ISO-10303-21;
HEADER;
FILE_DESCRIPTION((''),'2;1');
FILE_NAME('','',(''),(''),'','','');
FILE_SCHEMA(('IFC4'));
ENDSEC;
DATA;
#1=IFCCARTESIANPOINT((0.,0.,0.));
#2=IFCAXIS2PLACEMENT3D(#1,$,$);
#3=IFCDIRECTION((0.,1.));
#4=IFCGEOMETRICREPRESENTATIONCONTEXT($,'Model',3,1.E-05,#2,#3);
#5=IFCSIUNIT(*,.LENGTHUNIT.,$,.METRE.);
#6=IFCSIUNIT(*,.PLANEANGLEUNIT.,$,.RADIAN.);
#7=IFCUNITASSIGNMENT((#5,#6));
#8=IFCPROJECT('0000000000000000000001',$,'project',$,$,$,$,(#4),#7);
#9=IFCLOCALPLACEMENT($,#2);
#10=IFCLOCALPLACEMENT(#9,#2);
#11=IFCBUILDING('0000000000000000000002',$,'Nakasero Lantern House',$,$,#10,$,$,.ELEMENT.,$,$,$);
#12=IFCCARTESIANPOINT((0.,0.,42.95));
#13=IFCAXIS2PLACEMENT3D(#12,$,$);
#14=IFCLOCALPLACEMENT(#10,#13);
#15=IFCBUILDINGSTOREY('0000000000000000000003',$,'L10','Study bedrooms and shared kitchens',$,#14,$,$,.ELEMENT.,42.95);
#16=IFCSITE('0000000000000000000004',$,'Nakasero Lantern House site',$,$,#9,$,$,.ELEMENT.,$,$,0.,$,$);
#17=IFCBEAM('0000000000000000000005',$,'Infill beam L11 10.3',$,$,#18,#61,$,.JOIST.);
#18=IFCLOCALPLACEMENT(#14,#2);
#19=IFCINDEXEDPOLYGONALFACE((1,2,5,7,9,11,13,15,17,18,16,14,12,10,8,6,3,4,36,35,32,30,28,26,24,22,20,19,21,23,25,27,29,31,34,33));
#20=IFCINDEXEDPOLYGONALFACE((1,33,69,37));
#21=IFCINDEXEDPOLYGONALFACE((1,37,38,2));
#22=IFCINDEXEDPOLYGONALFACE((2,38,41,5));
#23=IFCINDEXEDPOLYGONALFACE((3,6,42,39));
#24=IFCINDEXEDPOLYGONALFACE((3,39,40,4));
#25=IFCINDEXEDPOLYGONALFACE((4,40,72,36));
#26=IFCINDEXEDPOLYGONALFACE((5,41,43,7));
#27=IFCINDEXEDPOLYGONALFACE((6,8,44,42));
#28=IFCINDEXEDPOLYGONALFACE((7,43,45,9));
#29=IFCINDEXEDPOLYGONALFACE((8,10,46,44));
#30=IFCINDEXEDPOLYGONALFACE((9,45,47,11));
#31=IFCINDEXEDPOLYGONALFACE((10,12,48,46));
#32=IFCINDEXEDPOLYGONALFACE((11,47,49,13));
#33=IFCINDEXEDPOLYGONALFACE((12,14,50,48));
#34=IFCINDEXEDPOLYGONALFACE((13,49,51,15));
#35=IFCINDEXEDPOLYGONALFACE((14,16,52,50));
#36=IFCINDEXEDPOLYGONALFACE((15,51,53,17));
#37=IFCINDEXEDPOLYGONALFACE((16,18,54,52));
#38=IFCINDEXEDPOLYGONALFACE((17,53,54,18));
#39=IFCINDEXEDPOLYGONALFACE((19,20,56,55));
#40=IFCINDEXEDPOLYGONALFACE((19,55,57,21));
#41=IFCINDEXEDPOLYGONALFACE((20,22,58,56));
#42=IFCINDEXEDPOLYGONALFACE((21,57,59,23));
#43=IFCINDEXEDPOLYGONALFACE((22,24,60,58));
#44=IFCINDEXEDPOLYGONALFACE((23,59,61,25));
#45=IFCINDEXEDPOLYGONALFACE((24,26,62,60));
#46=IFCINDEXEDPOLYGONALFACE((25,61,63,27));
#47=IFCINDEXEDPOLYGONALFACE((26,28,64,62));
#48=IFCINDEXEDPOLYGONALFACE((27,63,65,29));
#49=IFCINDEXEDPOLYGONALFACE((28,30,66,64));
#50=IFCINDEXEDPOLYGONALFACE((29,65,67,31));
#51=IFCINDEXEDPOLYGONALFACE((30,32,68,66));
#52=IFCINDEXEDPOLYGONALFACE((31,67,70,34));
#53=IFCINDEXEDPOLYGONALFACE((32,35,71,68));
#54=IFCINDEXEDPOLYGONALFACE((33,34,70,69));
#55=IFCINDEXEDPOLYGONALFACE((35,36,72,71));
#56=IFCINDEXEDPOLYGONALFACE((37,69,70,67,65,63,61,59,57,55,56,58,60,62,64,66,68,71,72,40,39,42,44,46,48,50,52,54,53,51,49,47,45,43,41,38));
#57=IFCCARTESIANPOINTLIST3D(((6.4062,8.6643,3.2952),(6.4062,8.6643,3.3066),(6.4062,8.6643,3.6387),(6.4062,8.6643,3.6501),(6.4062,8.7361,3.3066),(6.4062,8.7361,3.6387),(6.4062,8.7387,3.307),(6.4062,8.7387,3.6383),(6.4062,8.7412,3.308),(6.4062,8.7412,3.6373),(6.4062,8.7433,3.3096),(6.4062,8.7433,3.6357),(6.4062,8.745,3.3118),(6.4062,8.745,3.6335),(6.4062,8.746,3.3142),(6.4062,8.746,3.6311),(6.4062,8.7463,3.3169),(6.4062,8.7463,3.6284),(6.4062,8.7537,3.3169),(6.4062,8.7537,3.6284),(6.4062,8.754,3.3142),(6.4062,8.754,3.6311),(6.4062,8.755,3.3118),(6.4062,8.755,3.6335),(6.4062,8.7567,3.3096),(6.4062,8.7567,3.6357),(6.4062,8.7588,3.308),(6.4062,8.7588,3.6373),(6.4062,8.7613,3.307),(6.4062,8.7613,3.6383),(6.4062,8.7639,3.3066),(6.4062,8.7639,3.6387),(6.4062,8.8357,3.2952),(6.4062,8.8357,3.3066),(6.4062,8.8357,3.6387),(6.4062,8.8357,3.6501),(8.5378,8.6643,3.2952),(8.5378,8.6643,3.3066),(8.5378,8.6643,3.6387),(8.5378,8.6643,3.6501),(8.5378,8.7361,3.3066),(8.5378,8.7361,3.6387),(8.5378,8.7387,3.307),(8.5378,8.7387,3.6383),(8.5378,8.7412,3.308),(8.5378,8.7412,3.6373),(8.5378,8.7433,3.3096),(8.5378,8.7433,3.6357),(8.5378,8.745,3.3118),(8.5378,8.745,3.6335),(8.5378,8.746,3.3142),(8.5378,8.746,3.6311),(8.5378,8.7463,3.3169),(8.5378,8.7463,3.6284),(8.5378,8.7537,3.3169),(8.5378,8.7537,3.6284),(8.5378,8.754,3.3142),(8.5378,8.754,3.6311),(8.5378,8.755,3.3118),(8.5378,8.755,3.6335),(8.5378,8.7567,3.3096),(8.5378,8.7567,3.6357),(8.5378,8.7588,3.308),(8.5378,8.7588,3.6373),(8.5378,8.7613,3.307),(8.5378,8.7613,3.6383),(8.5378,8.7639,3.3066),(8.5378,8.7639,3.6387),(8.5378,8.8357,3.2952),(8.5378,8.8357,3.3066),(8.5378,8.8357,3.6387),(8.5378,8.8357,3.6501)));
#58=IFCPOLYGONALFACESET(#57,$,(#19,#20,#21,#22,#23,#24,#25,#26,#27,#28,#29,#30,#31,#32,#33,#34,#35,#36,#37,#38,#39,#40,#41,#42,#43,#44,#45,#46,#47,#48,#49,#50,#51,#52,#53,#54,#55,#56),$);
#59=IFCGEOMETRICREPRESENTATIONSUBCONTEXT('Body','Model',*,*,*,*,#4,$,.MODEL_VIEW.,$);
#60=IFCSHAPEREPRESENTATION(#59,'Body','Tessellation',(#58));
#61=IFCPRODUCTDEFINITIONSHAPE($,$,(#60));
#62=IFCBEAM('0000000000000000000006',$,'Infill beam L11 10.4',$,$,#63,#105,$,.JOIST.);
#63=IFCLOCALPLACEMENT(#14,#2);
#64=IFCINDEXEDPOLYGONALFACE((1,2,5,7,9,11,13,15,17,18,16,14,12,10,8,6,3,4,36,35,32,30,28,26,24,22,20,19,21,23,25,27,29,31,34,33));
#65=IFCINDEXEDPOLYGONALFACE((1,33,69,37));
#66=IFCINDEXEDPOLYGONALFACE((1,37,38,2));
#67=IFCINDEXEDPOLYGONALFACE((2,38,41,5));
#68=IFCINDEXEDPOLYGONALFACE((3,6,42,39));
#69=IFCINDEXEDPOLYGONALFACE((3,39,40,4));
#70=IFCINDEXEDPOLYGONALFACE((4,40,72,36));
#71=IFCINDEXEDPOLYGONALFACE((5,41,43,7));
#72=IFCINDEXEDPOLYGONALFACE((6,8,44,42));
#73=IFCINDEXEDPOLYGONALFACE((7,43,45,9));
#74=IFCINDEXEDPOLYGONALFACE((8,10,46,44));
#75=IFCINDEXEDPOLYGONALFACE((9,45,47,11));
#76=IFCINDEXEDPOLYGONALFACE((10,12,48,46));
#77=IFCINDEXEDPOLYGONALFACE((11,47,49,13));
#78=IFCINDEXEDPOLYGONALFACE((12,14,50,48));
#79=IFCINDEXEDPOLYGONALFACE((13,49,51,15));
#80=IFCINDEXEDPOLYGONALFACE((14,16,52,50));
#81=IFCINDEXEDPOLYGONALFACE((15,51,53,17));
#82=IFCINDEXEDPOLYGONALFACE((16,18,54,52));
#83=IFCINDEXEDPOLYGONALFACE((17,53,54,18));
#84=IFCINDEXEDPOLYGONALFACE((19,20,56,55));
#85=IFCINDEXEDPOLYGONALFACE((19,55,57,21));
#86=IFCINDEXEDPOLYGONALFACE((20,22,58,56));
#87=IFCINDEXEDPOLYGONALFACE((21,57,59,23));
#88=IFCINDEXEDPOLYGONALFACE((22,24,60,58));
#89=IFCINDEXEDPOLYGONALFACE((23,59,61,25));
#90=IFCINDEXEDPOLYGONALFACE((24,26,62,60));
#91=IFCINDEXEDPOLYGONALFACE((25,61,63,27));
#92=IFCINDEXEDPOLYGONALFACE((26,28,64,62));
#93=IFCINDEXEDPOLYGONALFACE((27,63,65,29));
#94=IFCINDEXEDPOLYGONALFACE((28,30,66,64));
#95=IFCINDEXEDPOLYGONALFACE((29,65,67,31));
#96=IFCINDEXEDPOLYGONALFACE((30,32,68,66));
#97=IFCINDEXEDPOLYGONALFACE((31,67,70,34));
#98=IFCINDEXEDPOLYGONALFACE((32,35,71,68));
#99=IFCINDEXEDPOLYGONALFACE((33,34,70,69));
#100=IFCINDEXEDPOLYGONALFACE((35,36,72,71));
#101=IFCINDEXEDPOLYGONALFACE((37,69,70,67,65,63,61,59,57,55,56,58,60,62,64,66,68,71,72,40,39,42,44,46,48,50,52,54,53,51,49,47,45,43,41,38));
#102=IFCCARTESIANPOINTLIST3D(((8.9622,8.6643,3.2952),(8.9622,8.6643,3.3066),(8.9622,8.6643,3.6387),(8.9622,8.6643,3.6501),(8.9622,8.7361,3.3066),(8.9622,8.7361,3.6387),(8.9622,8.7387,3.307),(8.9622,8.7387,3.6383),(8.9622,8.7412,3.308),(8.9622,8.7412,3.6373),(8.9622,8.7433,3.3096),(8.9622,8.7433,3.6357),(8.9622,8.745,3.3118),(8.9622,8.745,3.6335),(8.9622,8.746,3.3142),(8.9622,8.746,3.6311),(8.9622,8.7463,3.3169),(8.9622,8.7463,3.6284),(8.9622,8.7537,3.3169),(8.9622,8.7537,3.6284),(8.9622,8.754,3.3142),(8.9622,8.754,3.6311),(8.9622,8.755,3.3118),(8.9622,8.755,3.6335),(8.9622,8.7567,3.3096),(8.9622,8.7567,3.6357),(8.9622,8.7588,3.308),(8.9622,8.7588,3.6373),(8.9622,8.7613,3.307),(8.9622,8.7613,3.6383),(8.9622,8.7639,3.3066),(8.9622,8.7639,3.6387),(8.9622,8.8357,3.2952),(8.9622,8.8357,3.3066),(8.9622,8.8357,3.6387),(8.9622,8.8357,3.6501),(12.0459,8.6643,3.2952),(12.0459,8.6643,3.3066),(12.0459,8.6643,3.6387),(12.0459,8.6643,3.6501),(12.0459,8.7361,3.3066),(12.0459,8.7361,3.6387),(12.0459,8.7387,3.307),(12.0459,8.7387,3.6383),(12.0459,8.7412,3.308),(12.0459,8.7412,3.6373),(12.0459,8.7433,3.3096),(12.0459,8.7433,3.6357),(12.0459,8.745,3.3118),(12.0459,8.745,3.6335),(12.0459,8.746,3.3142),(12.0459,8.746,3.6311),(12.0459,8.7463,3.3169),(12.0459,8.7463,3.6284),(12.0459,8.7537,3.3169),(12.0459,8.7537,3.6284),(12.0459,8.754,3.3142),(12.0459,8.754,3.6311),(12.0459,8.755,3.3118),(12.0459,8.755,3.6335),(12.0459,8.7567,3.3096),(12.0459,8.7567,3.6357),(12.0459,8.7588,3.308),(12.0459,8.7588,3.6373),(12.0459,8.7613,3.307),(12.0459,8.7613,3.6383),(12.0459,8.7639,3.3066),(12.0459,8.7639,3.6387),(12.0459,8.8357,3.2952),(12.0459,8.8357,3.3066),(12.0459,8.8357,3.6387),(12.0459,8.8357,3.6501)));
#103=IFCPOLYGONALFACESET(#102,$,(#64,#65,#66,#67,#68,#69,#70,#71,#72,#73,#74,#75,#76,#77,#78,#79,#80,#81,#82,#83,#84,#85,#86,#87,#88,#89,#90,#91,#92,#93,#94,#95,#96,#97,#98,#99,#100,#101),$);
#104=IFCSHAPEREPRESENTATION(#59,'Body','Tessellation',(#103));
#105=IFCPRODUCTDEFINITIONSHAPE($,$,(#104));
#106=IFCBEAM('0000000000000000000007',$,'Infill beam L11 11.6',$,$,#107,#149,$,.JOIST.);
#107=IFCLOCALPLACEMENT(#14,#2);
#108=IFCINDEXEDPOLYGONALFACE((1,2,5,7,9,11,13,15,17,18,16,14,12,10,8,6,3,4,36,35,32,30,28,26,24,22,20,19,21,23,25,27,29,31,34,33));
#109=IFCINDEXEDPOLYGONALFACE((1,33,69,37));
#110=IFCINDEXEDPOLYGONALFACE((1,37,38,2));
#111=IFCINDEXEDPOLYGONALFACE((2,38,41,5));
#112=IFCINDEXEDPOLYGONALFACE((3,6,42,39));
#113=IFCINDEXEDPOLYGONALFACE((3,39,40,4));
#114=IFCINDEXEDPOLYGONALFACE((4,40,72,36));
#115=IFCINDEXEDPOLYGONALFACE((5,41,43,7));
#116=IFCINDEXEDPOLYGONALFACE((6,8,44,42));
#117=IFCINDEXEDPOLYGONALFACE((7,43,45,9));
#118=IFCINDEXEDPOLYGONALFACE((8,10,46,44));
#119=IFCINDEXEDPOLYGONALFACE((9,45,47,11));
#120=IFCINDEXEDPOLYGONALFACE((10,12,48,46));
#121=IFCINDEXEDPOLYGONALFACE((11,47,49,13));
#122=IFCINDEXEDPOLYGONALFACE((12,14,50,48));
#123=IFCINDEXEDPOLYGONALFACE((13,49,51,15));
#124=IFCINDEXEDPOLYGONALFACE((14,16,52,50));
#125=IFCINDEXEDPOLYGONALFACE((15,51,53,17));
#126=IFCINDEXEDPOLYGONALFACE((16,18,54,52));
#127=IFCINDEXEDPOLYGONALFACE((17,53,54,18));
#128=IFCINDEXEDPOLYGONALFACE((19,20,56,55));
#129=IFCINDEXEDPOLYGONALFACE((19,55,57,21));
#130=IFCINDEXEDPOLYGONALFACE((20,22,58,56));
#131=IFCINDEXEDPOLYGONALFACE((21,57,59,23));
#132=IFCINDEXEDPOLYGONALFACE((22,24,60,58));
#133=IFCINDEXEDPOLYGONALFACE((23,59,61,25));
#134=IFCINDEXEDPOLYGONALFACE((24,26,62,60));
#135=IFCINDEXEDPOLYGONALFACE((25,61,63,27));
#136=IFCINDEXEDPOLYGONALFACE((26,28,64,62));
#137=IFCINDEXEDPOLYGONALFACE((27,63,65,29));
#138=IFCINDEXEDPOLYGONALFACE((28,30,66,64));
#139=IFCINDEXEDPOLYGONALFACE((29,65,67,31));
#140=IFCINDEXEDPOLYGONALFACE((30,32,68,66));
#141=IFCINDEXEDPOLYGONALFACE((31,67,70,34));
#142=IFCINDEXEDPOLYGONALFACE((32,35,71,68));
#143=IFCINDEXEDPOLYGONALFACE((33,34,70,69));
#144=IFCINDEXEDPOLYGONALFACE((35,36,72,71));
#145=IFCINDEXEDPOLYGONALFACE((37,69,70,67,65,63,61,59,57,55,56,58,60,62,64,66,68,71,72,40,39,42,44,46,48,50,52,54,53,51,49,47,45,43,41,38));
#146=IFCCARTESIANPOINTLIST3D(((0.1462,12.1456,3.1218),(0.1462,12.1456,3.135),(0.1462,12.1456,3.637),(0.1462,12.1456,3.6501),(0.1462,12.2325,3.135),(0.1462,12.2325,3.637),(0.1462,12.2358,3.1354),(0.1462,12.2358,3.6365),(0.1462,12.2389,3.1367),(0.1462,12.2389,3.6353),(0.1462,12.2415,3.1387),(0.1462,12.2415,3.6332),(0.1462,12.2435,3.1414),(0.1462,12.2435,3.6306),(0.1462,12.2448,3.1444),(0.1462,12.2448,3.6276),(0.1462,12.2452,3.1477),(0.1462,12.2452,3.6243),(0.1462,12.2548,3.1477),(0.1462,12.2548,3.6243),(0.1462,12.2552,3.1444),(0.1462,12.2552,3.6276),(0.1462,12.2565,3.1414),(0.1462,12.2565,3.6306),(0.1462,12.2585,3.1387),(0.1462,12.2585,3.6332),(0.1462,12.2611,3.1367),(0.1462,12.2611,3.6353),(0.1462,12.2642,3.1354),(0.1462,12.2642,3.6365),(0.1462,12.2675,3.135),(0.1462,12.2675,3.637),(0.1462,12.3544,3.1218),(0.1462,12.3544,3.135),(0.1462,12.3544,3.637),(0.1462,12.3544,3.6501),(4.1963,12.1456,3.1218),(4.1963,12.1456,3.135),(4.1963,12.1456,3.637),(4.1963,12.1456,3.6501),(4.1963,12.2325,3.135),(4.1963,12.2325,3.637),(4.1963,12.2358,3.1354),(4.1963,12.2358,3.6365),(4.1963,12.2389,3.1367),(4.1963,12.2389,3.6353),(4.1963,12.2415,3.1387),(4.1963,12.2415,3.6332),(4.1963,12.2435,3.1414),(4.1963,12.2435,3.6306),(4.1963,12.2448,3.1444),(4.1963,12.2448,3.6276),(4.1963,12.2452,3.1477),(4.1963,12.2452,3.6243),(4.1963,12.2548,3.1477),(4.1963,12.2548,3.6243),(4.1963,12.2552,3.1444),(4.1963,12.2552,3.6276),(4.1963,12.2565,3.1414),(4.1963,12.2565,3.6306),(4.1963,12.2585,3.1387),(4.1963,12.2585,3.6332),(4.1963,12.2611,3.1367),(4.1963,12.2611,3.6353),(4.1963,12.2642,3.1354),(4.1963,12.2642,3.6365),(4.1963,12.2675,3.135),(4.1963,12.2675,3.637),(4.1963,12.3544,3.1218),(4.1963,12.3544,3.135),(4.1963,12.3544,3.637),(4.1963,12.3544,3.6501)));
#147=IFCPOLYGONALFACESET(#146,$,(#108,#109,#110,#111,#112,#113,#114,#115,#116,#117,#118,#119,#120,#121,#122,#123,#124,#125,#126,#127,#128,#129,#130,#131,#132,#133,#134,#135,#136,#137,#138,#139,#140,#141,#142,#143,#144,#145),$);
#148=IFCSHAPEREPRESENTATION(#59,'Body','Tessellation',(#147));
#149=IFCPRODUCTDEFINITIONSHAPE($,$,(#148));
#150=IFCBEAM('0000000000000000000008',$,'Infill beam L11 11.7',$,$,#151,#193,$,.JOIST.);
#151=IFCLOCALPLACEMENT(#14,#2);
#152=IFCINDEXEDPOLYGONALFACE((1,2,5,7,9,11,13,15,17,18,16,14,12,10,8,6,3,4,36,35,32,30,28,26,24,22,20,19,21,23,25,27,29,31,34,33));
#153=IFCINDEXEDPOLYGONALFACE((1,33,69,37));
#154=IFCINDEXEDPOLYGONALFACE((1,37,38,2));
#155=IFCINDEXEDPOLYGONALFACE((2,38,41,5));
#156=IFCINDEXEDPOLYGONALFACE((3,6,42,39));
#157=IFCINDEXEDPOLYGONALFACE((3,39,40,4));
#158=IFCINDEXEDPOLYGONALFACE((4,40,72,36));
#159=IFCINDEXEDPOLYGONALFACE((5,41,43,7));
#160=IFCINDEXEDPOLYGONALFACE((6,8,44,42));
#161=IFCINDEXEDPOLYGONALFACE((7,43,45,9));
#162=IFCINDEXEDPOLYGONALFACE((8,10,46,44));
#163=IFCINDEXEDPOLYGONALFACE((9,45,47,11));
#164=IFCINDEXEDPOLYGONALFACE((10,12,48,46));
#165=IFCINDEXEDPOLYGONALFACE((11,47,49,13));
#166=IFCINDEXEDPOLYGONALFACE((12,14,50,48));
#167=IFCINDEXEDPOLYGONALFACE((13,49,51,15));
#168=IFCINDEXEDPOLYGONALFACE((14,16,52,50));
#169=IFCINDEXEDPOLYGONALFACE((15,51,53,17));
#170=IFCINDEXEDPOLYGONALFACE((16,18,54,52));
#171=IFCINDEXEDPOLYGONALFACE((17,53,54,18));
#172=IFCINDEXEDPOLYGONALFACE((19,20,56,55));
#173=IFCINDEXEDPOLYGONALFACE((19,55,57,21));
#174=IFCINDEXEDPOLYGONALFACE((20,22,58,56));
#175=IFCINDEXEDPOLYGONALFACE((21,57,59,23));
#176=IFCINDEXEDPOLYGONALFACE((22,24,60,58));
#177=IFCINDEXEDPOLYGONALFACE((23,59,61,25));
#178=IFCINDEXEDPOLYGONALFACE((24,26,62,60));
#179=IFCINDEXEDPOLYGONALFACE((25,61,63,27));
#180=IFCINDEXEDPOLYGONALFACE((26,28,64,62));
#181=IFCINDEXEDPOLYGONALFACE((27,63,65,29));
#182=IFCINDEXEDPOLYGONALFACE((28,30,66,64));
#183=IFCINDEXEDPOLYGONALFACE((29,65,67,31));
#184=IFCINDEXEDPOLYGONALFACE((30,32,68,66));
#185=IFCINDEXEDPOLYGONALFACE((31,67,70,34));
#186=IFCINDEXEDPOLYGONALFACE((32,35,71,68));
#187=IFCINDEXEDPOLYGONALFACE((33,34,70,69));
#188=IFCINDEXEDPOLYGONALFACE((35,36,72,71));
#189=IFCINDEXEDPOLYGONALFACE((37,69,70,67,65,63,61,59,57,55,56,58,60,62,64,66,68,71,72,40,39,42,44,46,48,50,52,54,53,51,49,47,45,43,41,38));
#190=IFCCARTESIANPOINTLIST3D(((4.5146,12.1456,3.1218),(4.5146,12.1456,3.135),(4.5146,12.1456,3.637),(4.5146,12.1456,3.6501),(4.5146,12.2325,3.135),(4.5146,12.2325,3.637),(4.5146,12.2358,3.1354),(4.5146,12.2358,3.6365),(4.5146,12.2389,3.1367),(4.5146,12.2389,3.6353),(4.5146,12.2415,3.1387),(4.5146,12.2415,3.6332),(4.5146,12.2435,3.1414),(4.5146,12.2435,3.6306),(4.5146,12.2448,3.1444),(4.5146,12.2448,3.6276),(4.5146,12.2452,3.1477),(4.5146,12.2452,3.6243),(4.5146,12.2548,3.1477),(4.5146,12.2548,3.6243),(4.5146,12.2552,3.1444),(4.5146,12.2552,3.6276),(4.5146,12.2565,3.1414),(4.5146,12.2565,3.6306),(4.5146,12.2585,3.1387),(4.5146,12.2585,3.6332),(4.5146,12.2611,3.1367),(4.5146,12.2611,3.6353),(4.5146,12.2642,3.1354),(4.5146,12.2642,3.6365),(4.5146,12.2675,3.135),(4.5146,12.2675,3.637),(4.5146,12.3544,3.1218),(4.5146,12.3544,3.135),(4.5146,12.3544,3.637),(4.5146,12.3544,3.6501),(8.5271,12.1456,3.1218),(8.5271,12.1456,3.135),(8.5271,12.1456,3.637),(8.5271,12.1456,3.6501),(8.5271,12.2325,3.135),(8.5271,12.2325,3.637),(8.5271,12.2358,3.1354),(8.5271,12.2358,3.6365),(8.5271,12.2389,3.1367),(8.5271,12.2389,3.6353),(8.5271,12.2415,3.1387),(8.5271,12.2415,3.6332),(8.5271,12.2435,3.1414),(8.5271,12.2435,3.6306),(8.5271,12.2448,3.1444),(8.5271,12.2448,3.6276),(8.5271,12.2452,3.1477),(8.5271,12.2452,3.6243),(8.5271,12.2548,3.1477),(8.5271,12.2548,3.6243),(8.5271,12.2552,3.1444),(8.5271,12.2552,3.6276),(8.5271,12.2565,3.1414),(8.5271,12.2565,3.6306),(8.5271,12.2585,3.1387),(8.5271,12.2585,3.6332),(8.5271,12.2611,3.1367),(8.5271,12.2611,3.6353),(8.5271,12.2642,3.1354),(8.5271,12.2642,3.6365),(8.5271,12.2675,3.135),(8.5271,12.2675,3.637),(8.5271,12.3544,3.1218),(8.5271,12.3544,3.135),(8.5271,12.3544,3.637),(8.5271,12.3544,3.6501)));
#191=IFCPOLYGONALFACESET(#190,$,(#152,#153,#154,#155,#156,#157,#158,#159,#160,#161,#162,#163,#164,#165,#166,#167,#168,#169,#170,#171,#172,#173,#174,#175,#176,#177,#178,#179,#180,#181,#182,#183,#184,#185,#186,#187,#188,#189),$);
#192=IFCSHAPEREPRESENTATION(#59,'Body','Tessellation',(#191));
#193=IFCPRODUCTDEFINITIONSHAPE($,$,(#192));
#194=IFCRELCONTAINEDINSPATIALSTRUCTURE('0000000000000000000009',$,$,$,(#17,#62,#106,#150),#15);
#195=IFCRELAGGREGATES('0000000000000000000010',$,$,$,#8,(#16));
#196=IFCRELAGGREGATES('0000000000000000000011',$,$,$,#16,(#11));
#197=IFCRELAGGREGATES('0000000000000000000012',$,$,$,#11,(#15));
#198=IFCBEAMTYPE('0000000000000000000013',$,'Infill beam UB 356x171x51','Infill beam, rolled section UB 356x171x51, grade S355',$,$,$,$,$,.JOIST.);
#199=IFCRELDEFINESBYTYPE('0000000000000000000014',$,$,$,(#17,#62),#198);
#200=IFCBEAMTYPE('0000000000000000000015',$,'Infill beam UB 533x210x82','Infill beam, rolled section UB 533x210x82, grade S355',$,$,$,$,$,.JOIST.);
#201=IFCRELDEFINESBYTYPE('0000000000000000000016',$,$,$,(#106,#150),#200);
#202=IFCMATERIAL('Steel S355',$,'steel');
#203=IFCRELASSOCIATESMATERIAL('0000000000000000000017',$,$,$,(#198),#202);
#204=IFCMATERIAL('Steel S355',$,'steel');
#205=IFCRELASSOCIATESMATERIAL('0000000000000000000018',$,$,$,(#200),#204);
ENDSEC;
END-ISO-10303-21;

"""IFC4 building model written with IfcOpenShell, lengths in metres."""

from ifc_helpers import new_model, si_unit, direction, frame, origin, origin_2d, place, context, subcontext, project, spatial, i_section, extrude, material, material_profile, profile_set, type_object, element, save


model = new_model("IFC4")

# Units and contexts
model_context = context("Model", 3, precision=1e-05, world=origin(), true_north=direction((0.0, 1.0)))
body_context = subcontext(model_context, "Body", "Model", "MODEL_VIEW")
ifc_project = project(units=[si_unit("LENGTHUNIT", "METRE"), si_unit("PLANEANGLEUNIT", "RADIAN")], contexts=[model_context])

# Site, building, storey
site_placement = place(None, origin())
site = spatial("IfcSite", under=ifc_project, at=site_placement, Name="Nakasero Lantern House site", CompositionType="ELEMENT", RefElevation=0.0)
building_placement = place(site_placement, origin())
building = spatial("IfcBuilding", under=site, at=building_placement, Name="Nakasero Lantern House", CompositionType="ELEMENT")
storey_placement = place(building_placement, frame((0.0, 0.0, 42.95)))
storey = spatial("IfcBuildingStorey", under=building, at=storey_placement, Name="L10", Description="Study bedrooms and shared kitchens", CompositionType="ELEMENT", Elevation=42.95)

# Beams
ifc_material_1 = material(Name="Steel S355", Category="steel")
ifc_material_profile_1 = material_profile(ifc_material_1, i_section(OverallWidth=0.1714, OverallDepth=0.355, WebThickness=0.0073, FlangeThickness=0.0115, FilletRadius=0.0103, at=origin_2d()), Name="UB 356x171x51")
ifc_profile_set_1 = profile_set([ifc_material_profile_1], Name="Steel S355")
beam_type_1 = type_object("IfcBeamType", Name="Infill beam UB 356x171x51", Description="Infill beam, rolled section UB 356x171x51, grade S355", PredefinedType="JOIST", material=ifc_profile_set_1)
beam_1_placement = place(storey_placement, frame((6.4062, 8.75, 3.4727), z_axis=(1.0, 0.0, 0.0), x_axis=(0.0, 1.0, 0.0)))
element("IfcBeam", 1, at=beam_1_placement, inside=storey, type_object=beam_type_1, Name="Infill beam L11 10.3", PredefinedType="JOIST", context=body_context, shape_type="SweptSolid", body=[
    extrude(i_section(OverallWidth=0.1714, OverallDepth=0.355, WebThickness=0.0073, FlangeThickness=0.0115, FilletRadius=0.0103, at=origin_2d()), origin(), (0.0, 0.0, 1.0), 2.1316),
])
beam_2_placement = place(storey_placement, frame((8.9622, 8.75, 3.4727), z_axis=(1.0, 0.0, 0.0), x_axis=(0.0, 1.0, 0.0)))
element("IfcBeam", 2, at=beam_2_placement, inside=storey, type_object=beam_type_1, Name="Infill beam L11 10.4", PredefinedType="JOIST", context=body_context, shape_type="SweptSolid", body=[
    extrude(i_section(OverallWidth=0.1714, OverallDepth=0.355, WebThickness=0.0073, FlangeThickness=0.0115, FilletRadius=0.0103, at=origin_2d()), origin(), (0.0, 0.0, 1.0), 3.0837),
])
ifc_material_2 = material(Name="Steel S355", Category="steel")
ifc_material_profile_2 = material_profile(ifc_material_2, i_section(OverallWidth=0.2087, OverallDepth=0.5283, WebThickness=0.0095, FlangeThickness=0.0132, FilletRadius=0.0127, at=origin_2d()), Name="UB 533x210x82")
ifc_profile_set_2 = profile_set([ifc_material_profile_2], Name="Steel S355")
beam_type_2 = type_object("IfcBeamType", Name="Infill beam UB 533x210x82", Description="Infill beam, rolled section UB 533x210x82, grade S355", PredefinedType="JOIST", material=ifc_profile_set_2)
beam_3_placement = place(storey_placement, frame((0.1462, 12.25, 3.386), z_axis=(1.0, 0.0, 0.0), x_axis=(0.0, 1.0, 0.0)))
element("IfcBeam", 3, at=beam_3_placement, inside=storey, type_object=beam_type_2, Name="Infill beam L11 11.6", PredefinedType="JOIST", context=body_context, shape_type="SweptSolid", body=[
    extrude(i_section(OverallWidth=0.2087, OverallDepth=0.5283, WebThickness=0.0095, FlangeThickness=0.0132, FilletRadius=0.0127, at=origin_2d()), origin(), (0.0, 0.0, 1.0), 4.05),
])
beam_4_placement = place(storey_placement, frame((4.5146, 12.25, 3.386), z_axis=(1.0, 0.0, 0.0), x_axis=(0.0, 1.0, 0.0)))
element("IfcBeam", 4, at=beam_4_placement, inside=storey, type_object=beam_type_2, Name="Infill beam L11 11.7", PredefinedType="JOIST", context=body_context, shape_type="SweptSolid", body=[
    extrude(i_section(OverallWidth=0.2087, OverallDepth=0.5283, WebThickness=0.0095, FlangeThickness=0.0132, FilletRadius=0.0127, at=origin_2d()), origin(), (0.0, 0.0, 1.0), 4.0125),
])

save(model, "model.ifc")
